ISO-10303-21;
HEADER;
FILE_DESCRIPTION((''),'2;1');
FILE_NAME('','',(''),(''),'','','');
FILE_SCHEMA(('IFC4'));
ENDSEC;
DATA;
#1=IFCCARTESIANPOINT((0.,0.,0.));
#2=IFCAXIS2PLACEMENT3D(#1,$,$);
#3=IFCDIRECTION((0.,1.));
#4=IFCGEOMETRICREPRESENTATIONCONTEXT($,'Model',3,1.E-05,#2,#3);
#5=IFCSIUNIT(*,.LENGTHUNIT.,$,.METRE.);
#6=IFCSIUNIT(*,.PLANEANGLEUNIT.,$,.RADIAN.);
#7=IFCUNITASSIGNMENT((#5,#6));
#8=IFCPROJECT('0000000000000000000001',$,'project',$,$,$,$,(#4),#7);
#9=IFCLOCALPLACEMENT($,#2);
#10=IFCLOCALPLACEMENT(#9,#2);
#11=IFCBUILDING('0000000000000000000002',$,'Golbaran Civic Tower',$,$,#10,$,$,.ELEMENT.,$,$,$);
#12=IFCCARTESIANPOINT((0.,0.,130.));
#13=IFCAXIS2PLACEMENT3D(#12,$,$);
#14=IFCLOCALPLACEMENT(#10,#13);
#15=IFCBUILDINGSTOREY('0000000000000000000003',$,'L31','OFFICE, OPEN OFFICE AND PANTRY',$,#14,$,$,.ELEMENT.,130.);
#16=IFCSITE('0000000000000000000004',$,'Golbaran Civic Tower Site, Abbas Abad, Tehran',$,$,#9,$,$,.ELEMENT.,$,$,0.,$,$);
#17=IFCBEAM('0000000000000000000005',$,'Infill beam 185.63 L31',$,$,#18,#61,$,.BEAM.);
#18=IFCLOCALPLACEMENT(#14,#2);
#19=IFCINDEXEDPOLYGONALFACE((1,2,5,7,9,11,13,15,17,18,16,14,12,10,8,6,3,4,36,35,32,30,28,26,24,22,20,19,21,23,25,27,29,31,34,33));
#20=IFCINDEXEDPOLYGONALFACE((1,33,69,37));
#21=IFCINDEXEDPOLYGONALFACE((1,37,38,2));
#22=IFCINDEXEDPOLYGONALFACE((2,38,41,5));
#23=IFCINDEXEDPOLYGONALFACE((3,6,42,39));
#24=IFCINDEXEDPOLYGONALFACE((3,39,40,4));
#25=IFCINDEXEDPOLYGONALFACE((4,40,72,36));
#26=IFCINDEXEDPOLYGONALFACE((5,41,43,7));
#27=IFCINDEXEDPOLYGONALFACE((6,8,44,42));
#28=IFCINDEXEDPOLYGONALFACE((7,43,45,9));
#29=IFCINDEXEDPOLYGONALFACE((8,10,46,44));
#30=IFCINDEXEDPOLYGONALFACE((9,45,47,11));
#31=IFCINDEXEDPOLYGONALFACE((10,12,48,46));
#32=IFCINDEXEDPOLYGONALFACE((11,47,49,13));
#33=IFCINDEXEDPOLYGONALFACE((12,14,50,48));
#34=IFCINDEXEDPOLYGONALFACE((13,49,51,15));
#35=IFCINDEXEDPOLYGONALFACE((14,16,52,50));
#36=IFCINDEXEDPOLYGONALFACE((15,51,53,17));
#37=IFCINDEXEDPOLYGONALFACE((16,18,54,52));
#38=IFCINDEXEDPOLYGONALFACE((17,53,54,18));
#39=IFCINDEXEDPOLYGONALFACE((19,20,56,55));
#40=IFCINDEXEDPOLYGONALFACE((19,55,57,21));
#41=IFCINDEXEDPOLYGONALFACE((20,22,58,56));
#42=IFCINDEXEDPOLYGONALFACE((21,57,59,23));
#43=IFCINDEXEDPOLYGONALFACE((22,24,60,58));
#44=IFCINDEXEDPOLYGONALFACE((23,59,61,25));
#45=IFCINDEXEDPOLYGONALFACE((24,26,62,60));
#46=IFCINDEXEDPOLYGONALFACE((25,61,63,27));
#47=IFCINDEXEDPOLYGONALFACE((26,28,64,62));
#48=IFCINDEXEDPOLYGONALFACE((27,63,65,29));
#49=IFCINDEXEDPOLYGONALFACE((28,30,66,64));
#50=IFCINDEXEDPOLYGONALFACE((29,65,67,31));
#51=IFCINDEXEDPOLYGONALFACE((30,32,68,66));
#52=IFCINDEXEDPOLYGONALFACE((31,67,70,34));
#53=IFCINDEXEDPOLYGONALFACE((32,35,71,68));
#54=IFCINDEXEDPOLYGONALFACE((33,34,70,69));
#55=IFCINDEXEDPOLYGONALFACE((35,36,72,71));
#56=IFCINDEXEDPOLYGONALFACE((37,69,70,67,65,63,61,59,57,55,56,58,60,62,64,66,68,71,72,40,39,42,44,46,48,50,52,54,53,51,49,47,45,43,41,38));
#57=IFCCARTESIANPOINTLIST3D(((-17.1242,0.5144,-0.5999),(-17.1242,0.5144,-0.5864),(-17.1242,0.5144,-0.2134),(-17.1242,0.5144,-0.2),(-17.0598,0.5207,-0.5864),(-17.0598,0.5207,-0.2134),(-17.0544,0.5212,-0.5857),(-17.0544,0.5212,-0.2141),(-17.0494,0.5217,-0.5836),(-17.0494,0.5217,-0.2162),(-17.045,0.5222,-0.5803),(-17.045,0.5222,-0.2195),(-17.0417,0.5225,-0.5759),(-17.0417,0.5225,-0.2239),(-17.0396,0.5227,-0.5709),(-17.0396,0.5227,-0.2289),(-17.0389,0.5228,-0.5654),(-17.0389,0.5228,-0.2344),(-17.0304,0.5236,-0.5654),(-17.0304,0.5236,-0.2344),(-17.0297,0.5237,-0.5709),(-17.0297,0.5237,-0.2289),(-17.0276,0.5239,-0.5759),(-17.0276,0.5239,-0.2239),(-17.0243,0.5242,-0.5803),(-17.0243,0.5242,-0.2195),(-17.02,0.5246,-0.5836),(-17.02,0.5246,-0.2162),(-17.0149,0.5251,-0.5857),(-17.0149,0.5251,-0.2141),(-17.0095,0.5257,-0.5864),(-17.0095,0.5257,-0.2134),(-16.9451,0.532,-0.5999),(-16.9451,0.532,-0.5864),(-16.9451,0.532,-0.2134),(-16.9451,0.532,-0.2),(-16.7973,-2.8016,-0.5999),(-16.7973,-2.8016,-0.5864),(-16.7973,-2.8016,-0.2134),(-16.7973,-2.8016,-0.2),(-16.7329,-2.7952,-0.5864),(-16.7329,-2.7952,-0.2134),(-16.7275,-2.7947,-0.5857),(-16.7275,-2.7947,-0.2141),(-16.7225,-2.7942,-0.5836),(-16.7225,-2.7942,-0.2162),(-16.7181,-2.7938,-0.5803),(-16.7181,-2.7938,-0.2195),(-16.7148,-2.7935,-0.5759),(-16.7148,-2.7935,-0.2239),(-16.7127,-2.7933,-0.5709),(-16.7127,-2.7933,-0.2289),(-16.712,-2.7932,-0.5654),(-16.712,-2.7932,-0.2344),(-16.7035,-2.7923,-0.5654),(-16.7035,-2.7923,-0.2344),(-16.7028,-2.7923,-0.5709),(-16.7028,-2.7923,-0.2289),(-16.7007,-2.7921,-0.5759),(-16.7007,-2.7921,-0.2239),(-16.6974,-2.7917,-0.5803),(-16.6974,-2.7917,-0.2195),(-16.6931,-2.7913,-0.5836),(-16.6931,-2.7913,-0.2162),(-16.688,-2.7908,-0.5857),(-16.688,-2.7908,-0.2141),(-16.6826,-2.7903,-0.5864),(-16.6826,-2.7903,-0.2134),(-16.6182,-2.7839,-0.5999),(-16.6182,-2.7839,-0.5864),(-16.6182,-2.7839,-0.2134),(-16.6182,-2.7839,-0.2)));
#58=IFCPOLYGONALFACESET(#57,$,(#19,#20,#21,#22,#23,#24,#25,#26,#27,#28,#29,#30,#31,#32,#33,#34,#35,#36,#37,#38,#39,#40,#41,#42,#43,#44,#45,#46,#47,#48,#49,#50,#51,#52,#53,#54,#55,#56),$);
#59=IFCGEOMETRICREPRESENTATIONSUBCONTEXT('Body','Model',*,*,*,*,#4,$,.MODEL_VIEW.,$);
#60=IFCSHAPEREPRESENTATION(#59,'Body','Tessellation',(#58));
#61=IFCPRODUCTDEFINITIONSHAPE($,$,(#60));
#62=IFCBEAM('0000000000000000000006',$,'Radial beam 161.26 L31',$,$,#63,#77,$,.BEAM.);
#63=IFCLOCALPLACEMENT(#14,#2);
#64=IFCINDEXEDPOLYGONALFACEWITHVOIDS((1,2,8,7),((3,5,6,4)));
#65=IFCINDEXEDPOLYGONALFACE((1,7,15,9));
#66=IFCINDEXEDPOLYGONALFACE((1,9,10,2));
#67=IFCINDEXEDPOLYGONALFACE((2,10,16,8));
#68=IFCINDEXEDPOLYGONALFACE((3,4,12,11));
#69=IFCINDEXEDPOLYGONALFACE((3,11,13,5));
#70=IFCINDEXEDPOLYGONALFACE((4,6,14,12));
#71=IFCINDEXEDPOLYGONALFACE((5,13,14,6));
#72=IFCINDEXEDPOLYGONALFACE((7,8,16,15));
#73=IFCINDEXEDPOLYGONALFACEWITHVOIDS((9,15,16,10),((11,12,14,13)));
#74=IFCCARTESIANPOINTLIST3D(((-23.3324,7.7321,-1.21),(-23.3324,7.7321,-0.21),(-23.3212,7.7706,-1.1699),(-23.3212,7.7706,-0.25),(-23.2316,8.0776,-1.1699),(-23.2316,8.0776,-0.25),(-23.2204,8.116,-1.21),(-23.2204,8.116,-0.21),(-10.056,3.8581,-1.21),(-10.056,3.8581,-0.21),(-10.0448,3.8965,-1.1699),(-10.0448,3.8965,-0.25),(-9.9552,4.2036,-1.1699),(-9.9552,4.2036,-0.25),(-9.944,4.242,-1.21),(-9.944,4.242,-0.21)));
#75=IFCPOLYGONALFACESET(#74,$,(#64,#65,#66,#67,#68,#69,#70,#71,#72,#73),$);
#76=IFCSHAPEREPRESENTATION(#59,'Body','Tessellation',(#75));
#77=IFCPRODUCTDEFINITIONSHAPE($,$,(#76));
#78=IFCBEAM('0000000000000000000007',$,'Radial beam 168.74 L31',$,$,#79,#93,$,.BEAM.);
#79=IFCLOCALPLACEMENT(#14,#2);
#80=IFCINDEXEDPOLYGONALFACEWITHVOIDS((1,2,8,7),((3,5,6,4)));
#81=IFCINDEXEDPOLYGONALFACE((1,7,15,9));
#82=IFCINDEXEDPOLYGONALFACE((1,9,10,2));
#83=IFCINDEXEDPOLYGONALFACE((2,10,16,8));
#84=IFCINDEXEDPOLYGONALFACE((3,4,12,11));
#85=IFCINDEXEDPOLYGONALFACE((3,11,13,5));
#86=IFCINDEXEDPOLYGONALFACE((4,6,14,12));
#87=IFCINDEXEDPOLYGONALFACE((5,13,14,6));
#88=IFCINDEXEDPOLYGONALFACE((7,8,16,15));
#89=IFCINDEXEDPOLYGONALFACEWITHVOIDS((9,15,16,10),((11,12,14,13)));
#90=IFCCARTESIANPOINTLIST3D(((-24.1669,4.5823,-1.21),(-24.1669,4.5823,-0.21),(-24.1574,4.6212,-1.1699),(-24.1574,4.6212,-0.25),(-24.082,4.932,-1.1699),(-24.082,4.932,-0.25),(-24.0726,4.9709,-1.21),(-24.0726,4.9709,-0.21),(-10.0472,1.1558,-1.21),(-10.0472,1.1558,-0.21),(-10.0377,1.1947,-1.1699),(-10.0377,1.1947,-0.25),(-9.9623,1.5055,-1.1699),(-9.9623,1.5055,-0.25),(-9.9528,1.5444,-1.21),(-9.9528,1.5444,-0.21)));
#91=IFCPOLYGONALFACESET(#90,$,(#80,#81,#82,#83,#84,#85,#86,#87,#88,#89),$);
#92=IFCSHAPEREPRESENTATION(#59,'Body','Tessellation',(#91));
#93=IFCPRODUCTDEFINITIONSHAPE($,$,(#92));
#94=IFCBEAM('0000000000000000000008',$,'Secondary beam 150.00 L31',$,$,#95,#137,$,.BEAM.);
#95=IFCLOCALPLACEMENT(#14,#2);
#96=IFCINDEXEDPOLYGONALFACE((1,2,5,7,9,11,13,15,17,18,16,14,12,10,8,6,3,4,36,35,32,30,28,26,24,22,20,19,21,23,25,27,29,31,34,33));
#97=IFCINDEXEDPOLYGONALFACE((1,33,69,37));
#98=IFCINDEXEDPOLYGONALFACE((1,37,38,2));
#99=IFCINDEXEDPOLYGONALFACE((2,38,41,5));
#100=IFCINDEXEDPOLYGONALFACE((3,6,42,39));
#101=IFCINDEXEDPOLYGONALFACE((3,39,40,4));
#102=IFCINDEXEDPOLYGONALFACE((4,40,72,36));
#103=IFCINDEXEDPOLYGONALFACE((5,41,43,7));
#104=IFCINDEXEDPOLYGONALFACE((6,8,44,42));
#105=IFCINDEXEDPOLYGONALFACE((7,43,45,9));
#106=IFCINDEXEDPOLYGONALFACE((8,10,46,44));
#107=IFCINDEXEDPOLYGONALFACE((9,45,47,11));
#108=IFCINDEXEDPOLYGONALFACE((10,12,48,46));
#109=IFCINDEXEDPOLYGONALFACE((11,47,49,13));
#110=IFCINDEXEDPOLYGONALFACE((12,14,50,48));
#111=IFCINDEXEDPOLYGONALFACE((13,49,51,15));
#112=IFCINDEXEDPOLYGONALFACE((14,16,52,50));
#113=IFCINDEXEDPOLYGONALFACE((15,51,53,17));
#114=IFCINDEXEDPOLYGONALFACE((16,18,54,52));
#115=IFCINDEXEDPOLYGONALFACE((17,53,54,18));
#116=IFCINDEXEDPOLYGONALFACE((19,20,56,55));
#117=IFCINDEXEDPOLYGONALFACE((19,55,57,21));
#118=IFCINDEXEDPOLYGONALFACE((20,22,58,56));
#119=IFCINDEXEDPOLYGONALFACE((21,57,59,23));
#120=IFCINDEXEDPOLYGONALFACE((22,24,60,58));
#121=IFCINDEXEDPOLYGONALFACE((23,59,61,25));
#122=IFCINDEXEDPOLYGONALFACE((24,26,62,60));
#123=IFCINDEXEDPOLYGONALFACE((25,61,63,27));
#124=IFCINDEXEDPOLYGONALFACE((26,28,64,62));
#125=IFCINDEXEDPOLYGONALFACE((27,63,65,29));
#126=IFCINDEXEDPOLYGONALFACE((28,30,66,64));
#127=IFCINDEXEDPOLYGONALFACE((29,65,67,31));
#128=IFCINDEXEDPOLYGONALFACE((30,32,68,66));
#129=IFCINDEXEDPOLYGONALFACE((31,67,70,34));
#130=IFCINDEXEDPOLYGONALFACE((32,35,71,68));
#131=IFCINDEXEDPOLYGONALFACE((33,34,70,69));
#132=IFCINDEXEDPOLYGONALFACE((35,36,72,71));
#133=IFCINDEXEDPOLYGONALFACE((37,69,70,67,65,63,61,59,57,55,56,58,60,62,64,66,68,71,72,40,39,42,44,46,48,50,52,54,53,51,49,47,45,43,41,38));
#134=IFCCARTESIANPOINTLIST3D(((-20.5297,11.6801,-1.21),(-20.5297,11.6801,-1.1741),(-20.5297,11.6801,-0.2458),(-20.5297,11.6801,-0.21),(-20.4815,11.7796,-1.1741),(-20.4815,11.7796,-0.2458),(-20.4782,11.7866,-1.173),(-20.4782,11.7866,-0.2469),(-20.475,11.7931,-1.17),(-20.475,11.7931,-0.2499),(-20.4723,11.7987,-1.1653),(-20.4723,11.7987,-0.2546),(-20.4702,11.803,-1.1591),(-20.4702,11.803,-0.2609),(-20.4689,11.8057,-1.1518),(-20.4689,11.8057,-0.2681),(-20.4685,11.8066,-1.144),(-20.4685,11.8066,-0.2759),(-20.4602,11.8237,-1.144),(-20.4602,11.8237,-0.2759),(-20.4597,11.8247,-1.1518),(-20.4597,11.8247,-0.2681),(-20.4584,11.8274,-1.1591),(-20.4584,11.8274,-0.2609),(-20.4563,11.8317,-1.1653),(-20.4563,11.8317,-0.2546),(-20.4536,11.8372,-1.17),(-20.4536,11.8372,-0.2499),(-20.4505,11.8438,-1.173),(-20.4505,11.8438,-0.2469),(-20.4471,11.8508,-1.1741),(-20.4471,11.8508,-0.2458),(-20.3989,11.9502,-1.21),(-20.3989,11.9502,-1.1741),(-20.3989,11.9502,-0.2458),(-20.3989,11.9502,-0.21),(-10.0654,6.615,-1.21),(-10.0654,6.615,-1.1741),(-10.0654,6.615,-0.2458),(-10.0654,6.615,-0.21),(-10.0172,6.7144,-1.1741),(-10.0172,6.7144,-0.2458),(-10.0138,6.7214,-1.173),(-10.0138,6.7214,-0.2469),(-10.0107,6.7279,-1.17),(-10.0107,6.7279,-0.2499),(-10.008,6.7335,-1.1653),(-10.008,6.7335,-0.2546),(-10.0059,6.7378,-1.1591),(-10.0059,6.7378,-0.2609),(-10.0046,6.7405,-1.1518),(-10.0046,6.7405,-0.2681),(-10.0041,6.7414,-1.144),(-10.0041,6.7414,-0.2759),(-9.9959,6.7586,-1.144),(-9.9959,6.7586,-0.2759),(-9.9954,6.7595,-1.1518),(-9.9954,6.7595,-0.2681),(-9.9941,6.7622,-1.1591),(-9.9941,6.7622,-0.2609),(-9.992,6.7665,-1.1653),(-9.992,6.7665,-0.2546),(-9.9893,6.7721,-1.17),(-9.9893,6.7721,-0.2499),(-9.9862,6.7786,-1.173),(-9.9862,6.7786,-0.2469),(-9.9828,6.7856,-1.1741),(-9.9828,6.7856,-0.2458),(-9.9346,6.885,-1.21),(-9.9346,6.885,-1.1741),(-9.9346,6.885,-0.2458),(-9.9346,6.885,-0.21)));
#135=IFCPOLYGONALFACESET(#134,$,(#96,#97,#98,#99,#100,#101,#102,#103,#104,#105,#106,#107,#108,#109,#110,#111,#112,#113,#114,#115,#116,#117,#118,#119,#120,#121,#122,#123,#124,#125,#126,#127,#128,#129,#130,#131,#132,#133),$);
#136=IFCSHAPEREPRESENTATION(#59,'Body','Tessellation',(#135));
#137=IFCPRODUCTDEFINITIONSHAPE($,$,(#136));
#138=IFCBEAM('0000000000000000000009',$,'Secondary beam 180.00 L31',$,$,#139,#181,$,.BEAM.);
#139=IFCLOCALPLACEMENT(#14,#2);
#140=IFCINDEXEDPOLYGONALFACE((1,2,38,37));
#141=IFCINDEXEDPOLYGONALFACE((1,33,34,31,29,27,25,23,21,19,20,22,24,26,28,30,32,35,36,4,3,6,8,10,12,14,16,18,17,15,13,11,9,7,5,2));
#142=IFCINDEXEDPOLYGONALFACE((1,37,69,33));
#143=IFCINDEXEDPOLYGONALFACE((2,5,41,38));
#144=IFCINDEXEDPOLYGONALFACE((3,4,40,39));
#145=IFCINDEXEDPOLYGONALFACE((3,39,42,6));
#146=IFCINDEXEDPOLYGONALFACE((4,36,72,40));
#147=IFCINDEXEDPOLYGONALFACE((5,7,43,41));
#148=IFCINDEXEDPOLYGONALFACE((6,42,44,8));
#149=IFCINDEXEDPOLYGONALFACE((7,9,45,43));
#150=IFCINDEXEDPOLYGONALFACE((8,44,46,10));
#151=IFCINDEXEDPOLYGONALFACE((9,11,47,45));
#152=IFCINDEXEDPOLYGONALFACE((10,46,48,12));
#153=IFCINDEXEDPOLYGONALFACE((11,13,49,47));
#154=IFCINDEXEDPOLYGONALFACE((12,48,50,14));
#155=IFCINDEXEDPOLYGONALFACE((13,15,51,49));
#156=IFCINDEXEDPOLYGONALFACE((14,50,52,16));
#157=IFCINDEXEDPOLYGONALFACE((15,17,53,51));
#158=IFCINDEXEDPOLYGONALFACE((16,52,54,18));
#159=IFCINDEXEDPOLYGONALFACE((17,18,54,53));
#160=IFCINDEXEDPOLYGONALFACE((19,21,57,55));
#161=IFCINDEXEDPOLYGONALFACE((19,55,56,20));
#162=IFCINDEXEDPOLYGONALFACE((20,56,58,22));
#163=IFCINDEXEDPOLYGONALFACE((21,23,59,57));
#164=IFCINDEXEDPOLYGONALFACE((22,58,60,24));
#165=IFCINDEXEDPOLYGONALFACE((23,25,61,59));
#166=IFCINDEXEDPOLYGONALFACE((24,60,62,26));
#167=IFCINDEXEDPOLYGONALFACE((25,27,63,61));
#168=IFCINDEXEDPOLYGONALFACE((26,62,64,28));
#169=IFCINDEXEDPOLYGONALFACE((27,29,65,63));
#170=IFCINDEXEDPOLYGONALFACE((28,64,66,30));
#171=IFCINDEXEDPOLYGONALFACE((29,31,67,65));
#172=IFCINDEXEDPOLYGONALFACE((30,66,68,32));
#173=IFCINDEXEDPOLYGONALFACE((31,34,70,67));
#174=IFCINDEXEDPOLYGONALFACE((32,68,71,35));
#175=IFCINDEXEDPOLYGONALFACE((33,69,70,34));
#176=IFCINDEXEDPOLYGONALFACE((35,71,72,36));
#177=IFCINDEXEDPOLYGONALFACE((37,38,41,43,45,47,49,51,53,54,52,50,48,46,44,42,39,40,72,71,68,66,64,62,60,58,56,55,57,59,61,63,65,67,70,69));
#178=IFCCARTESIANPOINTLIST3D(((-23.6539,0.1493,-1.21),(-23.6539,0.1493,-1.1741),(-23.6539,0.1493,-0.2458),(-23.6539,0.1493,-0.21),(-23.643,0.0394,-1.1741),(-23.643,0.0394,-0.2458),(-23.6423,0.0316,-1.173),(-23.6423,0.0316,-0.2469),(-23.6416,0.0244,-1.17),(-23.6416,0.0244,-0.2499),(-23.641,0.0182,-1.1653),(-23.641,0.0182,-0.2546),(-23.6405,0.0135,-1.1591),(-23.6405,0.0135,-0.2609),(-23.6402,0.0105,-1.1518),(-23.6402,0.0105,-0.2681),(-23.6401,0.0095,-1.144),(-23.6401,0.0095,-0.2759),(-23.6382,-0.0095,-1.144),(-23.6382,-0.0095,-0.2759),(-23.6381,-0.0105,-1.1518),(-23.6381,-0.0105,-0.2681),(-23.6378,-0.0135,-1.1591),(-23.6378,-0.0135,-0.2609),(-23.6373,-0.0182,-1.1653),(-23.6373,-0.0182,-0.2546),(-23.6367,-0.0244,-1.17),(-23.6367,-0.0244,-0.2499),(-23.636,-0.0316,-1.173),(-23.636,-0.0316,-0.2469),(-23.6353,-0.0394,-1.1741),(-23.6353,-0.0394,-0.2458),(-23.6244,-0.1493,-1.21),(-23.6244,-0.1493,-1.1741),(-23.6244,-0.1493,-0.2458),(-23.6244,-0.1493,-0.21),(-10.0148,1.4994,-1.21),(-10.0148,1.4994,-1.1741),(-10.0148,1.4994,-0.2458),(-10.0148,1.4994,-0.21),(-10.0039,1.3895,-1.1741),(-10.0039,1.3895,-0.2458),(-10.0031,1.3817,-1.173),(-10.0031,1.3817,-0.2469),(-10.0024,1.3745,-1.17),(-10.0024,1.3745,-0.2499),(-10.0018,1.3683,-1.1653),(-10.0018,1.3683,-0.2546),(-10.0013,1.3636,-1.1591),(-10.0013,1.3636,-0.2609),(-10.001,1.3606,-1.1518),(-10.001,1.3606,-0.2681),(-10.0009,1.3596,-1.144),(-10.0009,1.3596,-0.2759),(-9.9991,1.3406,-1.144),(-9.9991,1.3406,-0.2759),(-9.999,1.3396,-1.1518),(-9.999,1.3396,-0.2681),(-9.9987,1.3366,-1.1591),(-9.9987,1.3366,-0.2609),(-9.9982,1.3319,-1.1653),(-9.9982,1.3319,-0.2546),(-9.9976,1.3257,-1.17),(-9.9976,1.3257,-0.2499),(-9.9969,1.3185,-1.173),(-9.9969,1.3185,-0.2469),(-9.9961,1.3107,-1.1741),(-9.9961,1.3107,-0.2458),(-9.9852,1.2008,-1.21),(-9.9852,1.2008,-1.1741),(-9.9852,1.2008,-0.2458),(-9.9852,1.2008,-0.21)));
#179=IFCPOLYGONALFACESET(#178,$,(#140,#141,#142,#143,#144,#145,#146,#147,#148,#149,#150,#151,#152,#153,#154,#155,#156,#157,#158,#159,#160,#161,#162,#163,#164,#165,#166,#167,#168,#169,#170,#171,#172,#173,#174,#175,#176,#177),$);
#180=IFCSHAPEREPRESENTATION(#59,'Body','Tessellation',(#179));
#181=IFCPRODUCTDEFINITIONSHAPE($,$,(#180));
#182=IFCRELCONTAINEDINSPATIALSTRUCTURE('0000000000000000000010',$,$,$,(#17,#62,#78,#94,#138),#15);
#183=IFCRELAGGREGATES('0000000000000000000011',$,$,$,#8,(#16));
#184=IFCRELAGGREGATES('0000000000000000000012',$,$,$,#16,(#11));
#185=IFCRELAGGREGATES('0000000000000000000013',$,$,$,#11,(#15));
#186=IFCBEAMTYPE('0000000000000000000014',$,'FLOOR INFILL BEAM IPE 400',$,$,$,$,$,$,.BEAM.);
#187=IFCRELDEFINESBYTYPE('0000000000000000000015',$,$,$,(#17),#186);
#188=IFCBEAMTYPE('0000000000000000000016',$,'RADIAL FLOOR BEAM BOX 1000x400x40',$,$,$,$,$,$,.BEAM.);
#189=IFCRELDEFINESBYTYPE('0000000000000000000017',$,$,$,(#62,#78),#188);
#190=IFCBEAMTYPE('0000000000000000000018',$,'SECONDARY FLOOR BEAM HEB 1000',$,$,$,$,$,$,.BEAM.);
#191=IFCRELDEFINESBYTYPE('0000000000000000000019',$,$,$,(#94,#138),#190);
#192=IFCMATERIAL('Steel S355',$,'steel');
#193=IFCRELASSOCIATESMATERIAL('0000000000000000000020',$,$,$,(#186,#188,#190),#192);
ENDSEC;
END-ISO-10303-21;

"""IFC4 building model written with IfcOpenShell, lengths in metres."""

from ifc_helpers import new_model, si_unit, direction, frame, origin, origin_2d, place, context, subcontext, project, spatial, hollow_rectangle, i_section, extrude, material, material_profile, profile_set, type_object, element, save


model = new_model("IFC4")

# Units and contexts
model_context = context("Model", 3, precision=1e-05, world=origin(), true_north=direction((0.0, 1.0)))
body_context = subcontext(model_context, "Body", "Model", "MODEL_VIEW")
ifc_project = project(units=[si_unit("LENGTHUNIT", "METRE"), si_unit("PLANEANGLEUNIT", "RADIAN")], contexts=[model_context])

# Site, building, storey
site_placement = place(None, origin())
site = spatial("IfcSite", under=ifc_project, at=site_placement, Name="Golbaran Civic Tower Site, Abbas Abad, Tehran", CompositionType="ELEMENT", RefElevation=0.0)
building_placement = place(site_placement, origin())
building = spatial("IfcBuilding", under=site, at=building_placement, Name="Golbaran Civic Tower", CompositionType="ELEMENT")
storey_placement = place(building_placement, frame((0.0, 0.0, 130.0)))
storey = spatial("IfcBuildingStorey", under=building, at=storey_placement, Name="L31", Description="OFFICE, OPEN OFFICE AND PANTRY", CompositionType="ELEMENT", Elevation=130.0)

# Beams
ifc_material_1 = material(Name="Steel S355", Category="steel")
ifc_material_profile_1 = material_profile(ifc_material_1, i_section(OverallWidth=0.1799, OverallDepth=0.3999, WebThickness=0.0085, FlangeThickness=0.0134, FilletRadius=0.021, at=origin_2d()), Name="IPE 400")
ifc_profile_set_1 = profile_set([ifc_material_profile_1], Name="Steel S355")
beam_type_1 = type_object("IfcBeamType", Name="FLOOR INFILL BEAM IPE 400", PredefinedType="BEAM", material=ifc_profile_set_1)
beam_1_placement = place(storey_placement, frame((-17.0347, 0.5232, -0.3999), z_axis=(0.098111, -0.995176, 0.0), x_axis=(0.995176, 0.098111, 0.0)))
element("IfcBeam", 1, at=beam_1_placement, inside=storey, type_object=beam_type_1, Name="Infill beam 185.63 L31", PredefinedType="BEAM", context=body_context, shape_type="SweptSolid", body=[
    extrude(i_section(OverallWidth=0.1799, OverallDepth=0.3999, WebThickness=0.0085, FlangeThickness=0.0134, FilletRadius=0.021, at=origin_2d()), origin(), (0.0, 0.0, 1.0), 3.332),
])
ifc_material_profile_2 = material_profile(ifc_material_1, hollow_rectangle(XDim=0.3999, YDim=1.0, WallThickness=0.04, at=origin_2d()), Name="BOX 1000x400x40")
ifc_profile_set_2 = profile_set([ifc_material_profile_2], Name="Steel S355")
beam_type_2 = type_object("IfcBeamType", Name="RADIAL FLOOR BEAM BOX 1000x400x40", PredefinedType="BEAM", material=ifc_profile_set_2)
beam_2_placement = place(storey_placement, frame((-10.0, 4.05, -0.71), z_axis=(-0.959966, 0.280117, 0.0), x_axis=(-0.280117, -0.959966, 0.0)))
element("IfcBeam", 2, at=beam_2_placement, inside=storey, type_object=beam_type_2, Name="Radial beam 161.26 L31", PredefinedType="BEAM", context=body_context, shape_type="SweptSolid", body=[
    extrude(hollow_rectangle(XDim=0.3999, YDim=1.0, WallThickness=0.04, at=origin_2d()), origin(), (0.0, 0.0, 1.0), 13.8301),
])
beam_3_placement = place(storey_placement, frame((-10.0, 1.3501, -0.71), z_axis=(-0.971794, 0.235832, 0.0), x_axis=(-0.235832, -0.971794, 0.0)))
element("IfcBeam", 3, at=beam_3_placement, inside=storey, type_object=beam_type_2, Name="Radial beam 168.74 L31", PredefinedType="BEAM", context=body_context, shape_type="SweptSolid", body=[
    extrude(hollow_rectangle(XDim=0.3999, YDim=1.0, WallThickness=0.04, at=origin_2d()), origin(), (0.0, 0.0, 1.0), 14.5295),
])
ifc_material_profile_3 = material_profile(ifc_material_1, i_section(OverallWidth=0.3, OverallDepth=1.0, WebThickness=0.019, FlangeThickness=0.0359, FilletRadius=0.03, at=origin_2d()), Name="HEB 1000")
ifc_profile_set_3 = profile_set([ifc_material_profile_3], Name="Steel S355")
beam_type_3 = type_object("IfcBeamType", Name="SECONDARY FLOOR BEAM HEB 1000", PredefinedType="BEAM", material=ifc_profile_set_3)
beam_4_placement = place(storey_placement, frame((-10.0, 6.75, -0.71), z_axis=(-0.900099, 0.435686, 0.0), x_axis=(-0.435686, -0.900099, 0.0)))
element("IfcBeam", 4, at=beam_4_placement, inside=storey, type_object=beam_type_3, Name="Secondary beam 150.00 L31", PredefinedType="BEAM", context=body_context, shape_type="SweptSolid", body=[
    extrude(i_section(OverallWidth=0.3, OverallDepth=1.0, WebThickness=0.019, FlangeThickness=0.0359, FilletRadius=0.03, at=origin_2d()), origin(), (0.0, 0.0, 1.0), 11.6257),
])
beam_5_placement = place(storey_placement, frame((-10.0, 1.3501, -0.71), z_axis=(-0.995137, -0.098505, 0.0), x_axis=(0.098505, -0.995137, 0.0)))
element("IfcBeam", 5, at=beam_5_placement, inside=storey, type_object=beam_type_3, Name="Secondary beam 180.00 L31", PredefinedType="BEAM", context=body_context, shape_type="SweptSolid", body=[
    extrude(i_section(OverallWidth=0.3, OverallDepth=1.0, WebThickness=0.019, FlangeThickness=0.0359, FilletRadius=0.03, at=origin_2d()), origin(), (0.0, 0.0, 1.0), 13.7058),
])

save(model, "model.ifc")
